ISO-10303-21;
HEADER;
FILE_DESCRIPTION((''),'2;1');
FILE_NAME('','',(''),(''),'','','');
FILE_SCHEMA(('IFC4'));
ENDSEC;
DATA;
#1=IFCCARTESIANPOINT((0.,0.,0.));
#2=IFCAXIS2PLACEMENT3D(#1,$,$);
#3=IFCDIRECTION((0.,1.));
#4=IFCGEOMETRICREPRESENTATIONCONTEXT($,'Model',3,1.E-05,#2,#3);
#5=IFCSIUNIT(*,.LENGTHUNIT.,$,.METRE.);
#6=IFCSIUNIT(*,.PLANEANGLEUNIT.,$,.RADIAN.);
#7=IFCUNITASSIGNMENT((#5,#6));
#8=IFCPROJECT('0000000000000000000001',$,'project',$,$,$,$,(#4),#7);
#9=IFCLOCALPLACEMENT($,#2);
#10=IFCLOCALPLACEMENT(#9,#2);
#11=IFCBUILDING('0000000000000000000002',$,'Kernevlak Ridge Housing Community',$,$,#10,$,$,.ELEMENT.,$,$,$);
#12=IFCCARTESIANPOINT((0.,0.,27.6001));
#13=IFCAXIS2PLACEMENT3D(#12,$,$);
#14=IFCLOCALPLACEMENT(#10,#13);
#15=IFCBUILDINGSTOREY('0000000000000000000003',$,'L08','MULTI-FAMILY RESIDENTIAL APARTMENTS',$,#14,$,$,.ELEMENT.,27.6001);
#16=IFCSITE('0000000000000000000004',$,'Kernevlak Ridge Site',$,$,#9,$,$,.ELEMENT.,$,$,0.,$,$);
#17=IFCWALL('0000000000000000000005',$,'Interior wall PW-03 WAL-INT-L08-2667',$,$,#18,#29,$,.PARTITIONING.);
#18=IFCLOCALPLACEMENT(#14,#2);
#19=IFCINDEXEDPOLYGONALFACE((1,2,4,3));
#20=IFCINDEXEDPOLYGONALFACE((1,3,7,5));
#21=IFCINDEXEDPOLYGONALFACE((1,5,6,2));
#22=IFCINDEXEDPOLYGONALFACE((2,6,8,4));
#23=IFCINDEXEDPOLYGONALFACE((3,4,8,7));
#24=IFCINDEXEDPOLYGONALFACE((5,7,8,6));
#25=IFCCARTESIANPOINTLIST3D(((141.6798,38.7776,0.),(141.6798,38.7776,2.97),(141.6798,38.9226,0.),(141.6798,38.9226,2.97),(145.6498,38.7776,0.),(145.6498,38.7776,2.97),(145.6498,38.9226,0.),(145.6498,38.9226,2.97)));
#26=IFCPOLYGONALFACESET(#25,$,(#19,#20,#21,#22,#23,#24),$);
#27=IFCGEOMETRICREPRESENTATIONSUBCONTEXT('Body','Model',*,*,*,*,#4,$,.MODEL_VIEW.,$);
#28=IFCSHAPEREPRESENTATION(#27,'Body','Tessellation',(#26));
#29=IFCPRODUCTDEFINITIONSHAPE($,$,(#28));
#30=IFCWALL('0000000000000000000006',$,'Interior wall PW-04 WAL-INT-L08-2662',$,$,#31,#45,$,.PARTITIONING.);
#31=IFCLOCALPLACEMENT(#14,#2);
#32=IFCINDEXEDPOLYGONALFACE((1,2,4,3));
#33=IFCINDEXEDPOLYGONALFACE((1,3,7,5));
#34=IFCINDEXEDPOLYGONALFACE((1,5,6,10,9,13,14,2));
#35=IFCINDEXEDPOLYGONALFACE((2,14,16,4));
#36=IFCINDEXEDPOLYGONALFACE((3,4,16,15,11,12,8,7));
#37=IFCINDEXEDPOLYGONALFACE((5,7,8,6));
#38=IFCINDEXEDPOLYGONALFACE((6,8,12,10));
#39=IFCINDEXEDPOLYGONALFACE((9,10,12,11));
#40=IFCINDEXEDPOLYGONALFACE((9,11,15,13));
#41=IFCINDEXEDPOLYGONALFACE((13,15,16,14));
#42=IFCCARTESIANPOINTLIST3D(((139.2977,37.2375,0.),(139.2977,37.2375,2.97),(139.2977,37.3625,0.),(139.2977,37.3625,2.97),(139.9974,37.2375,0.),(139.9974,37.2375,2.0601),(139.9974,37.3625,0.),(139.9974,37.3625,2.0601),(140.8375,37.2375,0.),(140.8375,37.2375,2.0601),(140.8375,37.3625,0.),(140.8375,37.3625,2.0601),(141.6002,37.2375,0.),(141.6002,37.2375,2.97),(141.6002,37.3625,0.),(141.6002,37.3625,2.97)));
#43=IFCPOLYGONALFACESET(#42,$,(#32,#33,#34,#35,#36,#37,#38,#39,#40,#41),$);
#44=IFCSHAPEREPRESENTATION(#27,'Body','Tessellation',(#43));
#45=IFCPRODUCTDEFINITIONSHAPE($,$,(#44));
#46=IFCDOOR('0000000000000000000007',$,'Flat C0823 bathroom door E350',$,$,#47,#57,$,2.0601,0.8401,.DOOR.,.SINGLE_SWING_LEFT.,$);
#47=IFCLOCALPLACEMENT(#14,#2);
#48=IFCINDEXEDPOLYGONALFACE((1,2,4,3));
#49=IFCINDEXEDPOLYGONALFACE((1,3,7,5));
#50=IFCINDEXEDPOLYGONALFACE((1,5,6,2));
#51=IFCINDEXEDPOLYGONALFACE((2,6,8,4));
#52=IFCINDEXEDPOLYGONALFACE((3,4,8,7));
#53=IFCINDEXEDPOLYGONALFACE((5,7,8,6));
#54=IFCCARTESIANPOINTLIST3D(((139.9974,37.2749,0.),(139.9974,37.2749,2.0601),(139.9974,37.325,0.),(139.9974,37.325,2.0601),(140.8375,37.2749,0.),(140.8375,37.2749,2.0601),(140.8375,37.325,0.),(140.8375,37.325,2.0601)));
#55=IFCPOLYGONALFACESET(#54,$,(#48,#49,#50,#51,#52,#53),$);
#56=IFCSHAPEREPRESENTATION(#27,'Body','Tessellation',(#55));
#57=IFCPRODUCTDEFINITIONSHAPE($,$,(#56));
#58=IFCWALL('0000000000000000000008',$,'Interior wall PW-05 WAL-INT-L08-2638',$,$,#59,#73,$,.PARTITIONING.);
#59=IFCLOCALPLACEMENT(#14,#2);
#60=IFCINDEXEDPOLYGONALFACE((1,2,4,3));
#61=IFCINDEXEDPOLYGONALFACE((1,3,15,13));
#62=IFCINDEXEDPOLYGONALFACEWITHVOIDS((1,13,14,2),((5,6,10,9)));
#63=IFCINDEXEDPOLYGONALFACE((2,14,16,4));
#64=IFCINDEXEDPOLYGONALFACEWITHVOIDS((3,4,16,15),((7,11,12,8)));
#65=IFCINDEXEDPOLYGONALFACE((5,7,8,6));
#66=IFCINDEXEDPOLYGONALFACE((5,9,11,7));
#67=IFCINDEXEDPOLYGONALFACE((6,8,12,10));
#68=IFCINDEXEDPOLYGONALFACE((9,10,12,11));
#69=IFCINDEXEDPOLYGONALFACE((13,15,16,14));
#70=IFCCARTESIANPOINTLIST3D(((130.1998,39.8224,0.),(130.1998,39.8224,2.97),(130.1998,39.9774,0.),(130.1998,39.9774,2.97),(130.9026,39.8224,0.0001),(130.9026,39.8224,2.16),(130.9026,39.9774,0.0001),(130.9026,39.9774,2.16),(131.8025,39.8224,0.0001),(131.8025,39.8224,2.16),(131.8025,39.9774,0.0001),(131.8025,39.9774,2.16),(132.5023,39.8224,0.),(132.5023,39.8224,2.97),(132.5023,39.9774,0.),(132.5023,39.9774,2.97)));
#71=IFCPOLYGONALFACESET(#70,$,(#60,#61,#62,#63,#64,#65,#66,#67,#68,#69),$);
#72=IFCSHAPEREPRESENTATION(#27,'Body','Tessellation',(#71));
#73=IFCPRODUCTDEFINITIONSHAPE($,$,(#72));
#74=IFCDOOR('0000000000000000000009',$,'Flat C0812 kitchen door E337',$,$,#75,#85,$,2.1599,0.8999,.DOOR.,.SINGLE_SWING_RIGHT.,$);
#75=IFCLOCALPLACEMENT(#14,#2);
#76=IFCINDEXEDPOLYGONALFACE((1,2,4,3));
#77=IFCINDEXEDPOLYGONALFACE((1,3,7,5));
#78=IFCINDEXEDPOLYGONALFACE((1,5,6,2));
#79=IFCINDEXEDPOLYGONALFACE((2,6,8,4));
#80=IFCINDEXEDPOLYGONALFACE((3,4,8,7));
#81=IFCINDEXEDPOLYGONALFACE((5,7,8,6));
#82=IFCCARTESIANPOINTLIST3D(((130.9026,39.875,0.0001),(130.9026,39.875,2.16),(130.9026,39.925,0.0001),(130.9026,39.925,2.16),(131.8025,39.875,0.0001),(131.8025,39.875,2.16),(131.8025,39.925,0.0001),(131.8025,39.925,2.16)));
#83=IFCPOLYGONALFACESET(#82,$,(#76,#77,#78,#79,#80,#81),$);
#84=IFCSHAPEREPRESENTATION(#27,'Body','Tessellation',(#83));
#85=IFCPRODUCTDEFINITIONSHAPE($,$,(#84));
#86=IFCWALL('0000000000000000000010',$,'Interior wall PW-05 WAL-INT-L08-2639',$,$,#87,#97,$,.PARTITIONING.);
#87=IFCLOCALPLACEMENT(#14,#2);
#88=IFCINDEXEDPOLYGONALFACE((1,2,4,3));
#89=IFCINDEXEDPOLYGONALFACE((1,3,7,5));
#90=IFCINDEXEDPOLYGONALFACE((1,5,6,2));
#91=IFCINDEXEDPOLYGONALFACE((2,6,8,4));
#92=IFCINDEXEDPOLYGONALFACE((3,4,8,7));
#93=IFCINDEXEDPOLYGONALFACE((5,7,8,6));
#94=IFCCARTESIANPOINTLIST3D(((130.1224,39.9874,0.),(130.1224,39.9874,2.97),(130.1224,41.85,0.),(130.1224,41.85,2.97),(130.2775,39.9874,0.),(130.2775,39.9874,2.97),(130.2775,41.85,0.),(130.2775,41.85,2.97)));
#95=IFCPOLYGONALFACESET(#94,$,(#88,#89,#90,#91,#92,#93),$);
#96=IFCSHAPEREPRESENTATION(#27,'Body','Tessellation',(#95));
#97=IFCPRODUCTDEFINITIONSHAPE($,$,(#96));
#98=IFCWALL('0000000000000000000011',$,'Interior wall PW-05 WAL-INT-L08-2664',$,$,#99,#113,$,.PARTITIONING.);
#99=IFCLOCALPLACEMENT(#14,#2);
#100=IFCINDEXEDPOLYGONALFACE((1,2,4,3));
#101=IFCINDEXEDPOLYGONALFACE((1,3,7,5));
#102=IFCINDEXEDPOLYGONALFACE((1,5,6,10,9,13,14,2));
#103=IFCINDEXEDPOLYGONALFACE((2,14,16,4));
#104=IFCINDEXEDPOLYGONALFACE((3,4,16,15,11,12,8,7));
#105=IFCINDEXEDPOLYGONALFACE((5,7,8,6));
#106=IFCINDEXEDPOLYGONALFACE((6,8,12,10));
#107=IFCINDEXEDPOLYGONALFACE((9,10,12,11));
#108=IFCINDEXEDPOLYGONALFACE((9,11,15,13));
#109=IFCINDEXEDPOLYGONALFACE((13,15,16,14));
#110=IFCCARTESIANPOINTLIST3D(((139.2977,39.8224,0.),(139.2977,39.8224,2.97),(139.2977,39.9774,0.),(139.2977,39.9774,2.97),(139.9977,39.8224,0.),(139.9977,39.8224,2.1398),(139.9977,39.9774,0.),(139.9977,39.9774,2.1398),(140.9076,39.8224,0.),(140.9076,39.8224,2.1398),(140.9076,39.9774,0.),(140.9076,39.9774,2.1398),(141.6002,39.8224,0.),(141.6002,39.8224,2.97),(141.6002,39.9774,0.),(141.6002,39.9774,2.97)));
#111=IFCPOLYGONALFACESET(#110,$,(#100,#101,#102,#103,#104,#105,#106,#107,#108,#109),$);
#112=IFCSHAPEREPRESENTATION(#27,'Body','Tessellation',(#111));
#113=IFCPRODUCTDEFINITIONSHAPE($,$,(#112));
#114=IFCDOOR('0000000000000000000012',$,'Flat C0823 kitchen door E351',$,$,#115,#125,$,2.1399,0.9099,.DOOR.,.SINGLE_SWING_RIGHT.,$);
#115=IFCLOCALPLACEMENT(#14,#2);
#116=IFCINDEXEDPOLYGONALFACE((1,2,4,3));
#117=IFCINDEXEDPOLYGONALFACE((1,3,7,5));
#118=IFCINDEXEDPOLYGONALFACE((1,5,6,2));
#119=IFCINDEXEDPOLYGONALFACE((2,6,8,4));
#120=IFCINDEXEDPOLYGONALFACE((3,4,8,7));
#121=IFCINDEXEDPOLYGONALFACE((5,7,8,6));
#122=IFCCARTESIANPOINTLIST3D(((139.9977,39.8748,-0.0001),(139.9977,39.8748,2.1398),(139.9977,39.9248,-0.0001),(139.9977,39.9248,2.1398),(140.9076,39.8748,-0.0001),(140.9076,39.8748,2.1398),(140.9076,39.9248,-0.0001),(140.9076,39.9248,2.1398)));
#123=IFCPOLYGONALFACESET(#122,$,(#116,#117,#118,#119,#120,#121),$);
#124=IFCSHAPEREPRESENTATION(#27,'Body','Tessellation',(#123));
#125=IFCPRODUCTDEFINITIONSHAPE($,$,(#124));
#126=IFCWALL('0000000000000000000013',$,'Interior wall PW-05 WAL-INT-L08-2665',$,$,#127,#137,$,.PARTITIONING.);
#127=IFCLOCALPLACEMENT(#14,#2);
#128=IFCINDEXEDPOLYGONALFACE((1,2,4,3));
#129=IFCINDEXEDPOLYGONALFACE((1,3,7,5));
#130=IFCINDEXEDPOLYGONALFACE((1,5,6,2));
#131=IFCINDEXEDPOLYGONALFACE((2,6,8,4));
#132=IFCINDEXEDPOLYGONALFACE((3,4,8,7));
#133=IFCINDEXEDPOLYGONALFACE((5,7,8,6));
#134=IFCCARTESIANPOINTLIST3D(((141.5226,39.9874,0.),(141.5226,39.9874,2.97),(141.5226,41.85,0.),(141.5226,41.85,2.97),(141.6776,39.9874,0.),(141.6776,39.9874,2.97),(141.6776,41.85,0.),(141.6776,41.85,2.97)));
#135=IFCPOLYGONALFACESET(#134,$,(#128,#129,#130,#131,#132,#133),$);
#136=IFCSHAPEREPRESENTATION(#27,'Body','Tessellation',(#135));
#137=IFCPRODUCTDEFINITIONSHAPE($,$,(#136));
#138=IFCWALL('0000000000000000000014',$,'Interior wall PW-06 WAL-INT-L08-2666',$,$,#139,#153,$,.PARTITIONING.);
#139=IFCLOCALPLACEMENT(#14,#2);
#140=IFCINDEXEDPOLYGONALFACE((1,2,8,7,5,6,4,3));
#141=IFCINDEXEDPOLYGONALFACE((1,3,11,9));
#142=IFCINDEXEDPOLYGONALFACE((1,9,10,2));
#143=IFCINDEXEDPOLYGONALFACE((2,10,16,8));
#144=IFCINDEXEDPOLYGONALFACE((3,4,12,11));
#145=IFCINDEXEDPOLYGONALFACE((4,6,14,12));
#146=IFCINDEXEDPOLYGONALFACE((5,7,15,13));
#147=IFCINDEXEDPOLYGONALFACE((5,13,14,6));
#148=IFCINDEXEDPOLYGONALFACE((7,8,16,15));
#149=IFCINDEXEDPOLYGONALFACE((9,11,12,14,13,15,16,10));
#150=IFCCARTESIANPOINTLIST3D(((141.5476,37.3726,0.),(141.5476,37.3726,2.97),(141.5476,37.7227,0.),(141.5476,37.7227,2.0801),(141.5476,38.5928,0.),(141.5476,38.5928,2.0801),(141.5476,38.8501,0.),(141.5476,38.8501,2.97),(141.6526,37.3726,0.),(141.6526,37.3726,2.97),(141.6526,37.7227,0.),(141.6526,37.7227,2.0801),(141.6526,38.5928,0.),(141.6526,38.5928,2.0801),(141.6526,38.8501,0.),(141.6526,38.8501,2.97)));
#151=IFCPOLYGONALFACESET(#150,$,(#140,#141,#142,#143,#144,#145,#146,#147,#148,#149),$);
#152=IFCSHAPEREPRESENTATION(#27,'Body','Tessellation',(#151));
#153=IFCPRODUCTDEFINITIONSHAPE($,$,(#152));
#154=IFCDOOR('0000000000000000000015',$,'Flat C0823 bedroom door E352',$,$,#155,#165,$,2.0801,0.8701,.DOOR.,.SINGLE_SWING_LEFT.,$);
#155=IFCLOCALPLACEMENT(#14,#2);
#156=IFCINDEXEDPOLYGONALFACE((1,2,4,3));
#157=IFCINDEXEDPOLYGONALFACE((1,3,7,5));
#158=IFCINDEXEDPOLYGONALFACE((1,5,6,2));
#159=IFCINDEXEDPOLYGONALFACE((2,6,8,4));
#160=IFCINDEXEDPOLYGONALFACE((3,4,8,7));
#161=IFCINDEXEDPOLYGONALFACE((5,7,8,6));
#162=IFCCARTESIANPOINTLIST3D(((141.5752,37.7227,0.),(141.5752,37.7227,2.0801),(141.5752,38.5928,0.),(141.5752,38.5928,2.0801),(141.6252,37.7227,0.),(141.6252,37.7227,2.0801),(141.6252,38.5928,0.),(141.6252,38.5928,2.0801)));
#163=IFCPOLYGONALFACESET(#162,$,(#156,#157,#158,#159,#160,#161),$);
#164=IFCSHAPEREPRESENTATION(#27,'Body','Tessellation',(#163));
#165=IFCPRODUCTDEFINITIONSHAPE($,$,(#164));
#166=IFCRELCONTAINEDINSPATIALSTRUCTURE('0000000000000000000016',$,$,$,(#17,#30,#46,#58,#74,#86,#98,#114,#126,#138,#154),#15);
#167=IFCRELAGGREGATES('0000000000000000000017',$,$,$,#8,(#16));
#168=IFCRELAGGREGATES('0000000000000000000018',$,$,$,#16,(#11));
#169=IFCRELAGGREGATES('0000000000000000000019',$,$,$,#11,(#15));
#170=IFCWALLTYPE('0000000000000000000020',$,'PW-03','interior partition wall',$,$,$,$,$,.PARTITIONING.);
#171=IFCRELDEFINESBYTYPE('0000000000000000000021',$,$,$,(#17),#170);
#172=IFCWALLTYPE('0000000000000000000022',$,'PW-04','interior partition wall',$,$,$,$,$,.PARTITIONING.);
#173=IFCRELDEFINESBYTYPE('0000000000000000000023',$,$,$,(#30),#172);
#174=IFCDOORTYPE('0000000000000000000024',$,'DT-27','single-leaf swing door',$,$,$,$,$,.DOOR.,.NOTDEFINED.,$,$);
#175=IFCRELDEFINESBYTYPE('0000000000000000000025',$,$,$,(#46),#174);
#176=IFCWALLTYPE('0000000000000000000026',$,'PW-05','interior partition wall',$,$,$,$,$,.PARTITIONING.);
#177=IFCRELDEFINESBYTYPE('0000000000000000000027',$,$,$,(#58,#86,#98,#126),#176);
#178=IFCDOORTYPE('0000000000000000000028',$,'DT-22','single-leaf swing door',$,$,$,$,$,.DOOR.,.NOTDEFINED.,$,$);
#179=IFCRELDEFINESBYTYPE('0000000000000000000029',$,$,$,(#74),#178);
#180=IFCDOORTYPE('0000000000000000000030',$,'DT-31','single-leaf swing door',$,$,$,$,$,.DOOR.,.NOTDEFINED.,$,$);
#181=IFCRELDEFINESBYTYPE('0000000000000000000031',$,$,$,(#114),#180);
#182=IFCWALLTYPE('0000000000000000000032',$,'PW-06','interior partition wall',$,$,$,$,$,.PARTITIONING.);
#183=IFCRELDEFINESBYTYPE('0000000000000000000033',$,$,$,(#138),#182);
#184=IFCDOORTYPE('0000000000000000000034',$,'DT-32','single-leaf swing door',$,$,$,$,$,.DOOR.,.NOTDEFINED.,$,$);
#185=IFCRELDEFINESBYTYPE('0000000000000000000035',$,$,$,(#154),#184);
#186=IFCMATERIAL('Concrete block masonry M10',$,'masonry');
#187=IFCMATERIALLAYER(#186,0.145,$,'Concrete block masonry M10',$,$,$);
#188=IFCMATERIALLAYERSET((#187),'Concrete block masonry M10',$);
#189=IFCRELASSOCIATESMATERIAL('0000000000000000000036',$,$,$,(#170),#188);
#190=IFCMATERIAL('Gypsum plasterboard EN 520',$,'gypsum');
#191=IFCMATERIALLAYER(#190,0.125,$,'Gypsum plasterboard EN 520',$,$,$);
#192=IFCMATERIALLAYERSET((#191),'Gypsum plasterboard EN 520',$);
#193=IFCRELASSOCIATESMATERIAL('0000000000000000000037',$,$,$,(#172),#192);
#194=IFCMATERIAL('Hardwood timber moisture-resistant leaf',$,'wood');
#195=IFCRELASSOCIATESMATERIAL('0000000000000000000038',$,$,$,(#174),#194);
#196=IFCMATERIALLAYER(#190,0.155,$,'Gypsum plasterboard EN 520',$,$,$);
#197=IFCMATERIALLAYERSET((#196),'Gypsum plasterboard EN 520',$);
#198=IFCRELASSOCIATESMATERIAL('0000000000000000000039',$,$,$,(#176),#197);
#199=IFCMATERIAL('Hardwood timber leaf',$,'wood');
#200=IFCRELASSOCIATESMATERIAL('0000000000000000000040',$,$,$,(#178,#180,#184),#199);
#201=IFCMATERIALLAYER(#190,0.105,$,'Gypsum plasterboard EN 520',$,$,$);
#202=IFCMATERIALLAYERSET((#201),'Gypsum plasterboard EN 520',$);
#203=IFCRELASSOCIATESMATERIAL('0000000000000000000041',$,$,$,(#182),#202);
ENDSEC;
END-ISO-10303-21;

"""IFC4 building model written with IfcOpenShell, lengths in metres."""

from ifc_helpers import new_model, si_unit, direction, frame, frame_2d, origin, place, context, subcontext, project, spatial, rectangle, extrude, material, layer, layer_set, type_object, element, fill, save


model = new_model("IFC4")

# Units and contexts
model_context = context("Model", 3, precision=1e-05, world=origin(), true_north=direction((0.0, 1.0)))
body_context = subcontext(model_context, "Body", "Model", "MODEL_VIEW")
ifc_project = project(units=[si_unit("LENGTHUNIT", "METRE"), si_unit("PLANEANGLEUNIT", "RADIAN")], contexts=[model_context])

# Site, building, storey
site_placement = place(None, origin())
site = spatial("IfcSite", under=ifc_project, at=site_placement, Name="Kernevlak Ridge Site", CompositionType="ELEMENT", RefElevation=0.0)
building_placement = place(site_placement, origin())
building = spatial("IfcBuilding", under=site, at=building_placement, Name="Kernevlak Ridge Housing Community", CompositionType="ELEMENT")
storey_placement = place(building_placement, frame((0.0, 0.0, 27.6001)))
storey = spatial("IfcBuildingStorey", under=building, at=storey_placement, Name="L08", Description="MULTI-FAMILY RESIDENTIAL APARTMENTS", CompositionType="ELEMENT", Elevation=27.6001)

# Shared definitions
ifc_material_1 = material(Name="Concrete block masonry M10", Category="masonry")

# Shared definitions
ifc_layer_1 = layer(ifc_material_1, 0.145, Name="Concrete block masonry M10")
ifc_layer_set_1 = layer_set([ifc_layer_1], Name="Concrete block masonry M10")
wall_type_1 = type_object("IfcWallType", Name="PW-03", Description="interior partition wall", PredefinedType="PARTITIONING", material=ifc_layer_set_1)
ifc_material_2 = material(Name="Hardwood timber leaf", Category="wood")

# Wall
wall_1_placement = place(storey_placement, frame((141.6799, 38.8501, 0.0), z_axis=(0.0, 0.0, 1.0), x_axis=(1.0, 0.0, 0.0)))
element("IfcWall", 1, at=wall_1_placement, inside=storey, type_object=wall_type_1, Name="Interior wall PW-03 WAL-INT-L08-2667", PredefinedType="PARTITIONING", context=body_context, shape_type="SweptSolid", body=[
    extrude(rectangle(XDim=3.97, YDim=0.145, at=frame_2d((1.9849, 0.0))), origin(), (0.0, 0.0, 1.0), 2.97),
])

# Walls, openings, doors
ifc_material_3 = material(Name="Gypsum plasterboard EN 520", Category="gypsum")
ifc_layer_2 = layer(ifc_material_3, 0.125, Name="Gypsum plasterboard EN 520")
ifc_layer_set_2 = layer_set([ifc_layer_2], Name="Gypsum plasterboard EN 520")
wall_type_2 = type_object("IfcWallType", Name="PW-04", Description="interior partition wall", PredefinedType="PARTITIONING", material=ifc_layer_set_2)
wall_2_placement = place(storey_placement, frame((139.2976, 37.3, 0.0), z_axis=(0.0, 0.0, 1.0), x_axis=(1.0, 0.0, 0.0)))
wall_2 = element("IfcWall", 2, at=wall_2_placement, inside=storey, type_object=wall_type_2, Name="Interior wall PW-04 WAL-INT-L08-2662", PredefinedType="PARTITIONING", context=body_context, shape_type="SweptSolid", body=[
    extrude(rectangle(XDim=2.3025, YDim=0.125, at=frame_2d((1.1514, 0.0))), origin(), (0.0, 0.0, 1.0), 2.97),
])
opening_1_placement = place(wall_2_placement, frame((0.7, 0.0, 0.0)))
opening_1 = element("IfcOpeningElement", 3, at=opening_1_placement, cuts=wall_2, PredefinedType="OPENING", context=body_context, shape_type="SweptSolid", body=[
    extrude(rectangle(XDim=0.8401, YDim=2.0601, at=frame_2d((0.4199, 1.03))), frame((0.0, 0.0725, 0.0), z_axis=(0.0, -1.0, 0.0), x_axis=(1.0, 0.0, 0.0)), (0.0, 0.0, 1.0), 0.145),
])
ifc_material_4 = material(Name="Hardwood timber moisture-resistant leaf", Category="wood")
door_type_1 = type_object("IfcDoorType", Name="DT-27", Description="single-leaf swing door", OperationType="NOTDEFINED", PredefinedType="DOOR", material=ifc_material_4)
door_1_placement = place(opening_1_placement, origin())
door_1 = element("IfcDoor", 4, at=door_1_placement, inside=storey, type_object=door_type_1, Name="Flat C0823 bathroom door E350", OperationType="SINGLE_SWING_LEFT", OverallHeight=2.0601, OverallWidth=0.8401, PredefinedType="DOOR", context=body_context, shape_type="SweptSolid", body=[
    extrude(rectangle(XDim=0.8401, YDim=2.0601, at=frame_2d((0.4199, 1.03))), frame((0.0, 0.0249, 0.0), z_axis=(0.0, -1.0, 0.0), x_axis=(1.0, 0.0, 0.0)), (0.0, 0.0, 1.0), 0.05),
])
fill(opening_1, door_1)
ifc_layer_3 = layer(ifc_material_3, 0.155, Name="Gypsum plasterboard EN 520")
ifc_layer_set_3 = layer_set([ifc_layer_3], Name="Gypsum plasterboard EN 520")
wall_type_3 = type_object("IfcWallType", Name="PW-05", Description="interior partition wall", PredefinedType="PARTITIONING", material=ifc_layer_set_3)
wall_3_placement = place(storey_placement, frame((132.5024, 39.8999, 0.0), z_axis=(0.0, 0.0, 1.0), x_axis=(-1.0, 0.0, 0.0)))
wall_3 = element("IfcWall", 5, at=wall_3_placement, inside=storey, type_object=wall_type_3, Name="Interior wall PW-05 WAL-INT-L08-2638", PredefinedType="PARTITIONING", context=body_context, shape_type="SweptSolid", body=[
    extrude(rectangle(XDim=2.3025, YDim=0.155, at=frame_2d((1.1514, 0.0))), origin(), (0.0, 0.0, 1.0), 2.97),
])
opening_2_placement = place(wall_3_placement, frame((0.7, 0.0, 0.0)))
opening_2 = element("IfcOpeningElement", 6, at=opening_2_placement, cuts=wall_3, PredefinedType="OPENING", context=body_context, shape_type="SweptSolid", body=[
    extrude(rectangle(XDim=0.8999, YDim=2.1599, at=frame_2d((0.45, 1.0801))), frame((0.0, 0.0874, 0.0), z_axis=(0.0, -1.0, 0.0), x_axis=(1.0, 0.0, 0.0)), (0.0, 0.0, 1.0), 0.175),
])
door_type_2 = type_object("IfcDoorType", Name="DT-22", Description="single-leaf swing door", OperationType="NOTDEFINED", PredefinedType="DOOR", material=ifc_material_2)
door_2_placement = place(opening_2_placement, origin())
door_2 = element("IfcDoor", 7, at=door_2_placement, inside=storey, type_object=door_type_2, Name="Flat C0812 kitchen door E337", OperationType="SINGLE_SWING_RIGHT", OverallHeight=2.1599, OverallWidth=0.8999, PredefinedType="DOOR", context=body_context, shape_type="SweptSolid", body=[
    extrude(rectangle(XDim=0.8999, YDim=2.1599, at=frame_2d((0.45, 1.0801))), frame((0.0, 0.0249, 0.0), z_axis=(0.0, -1.0, 0.0), x_axis=(1.0, 0.0, 0.0)), (0.0, 0.0, 1.0), 0.05),
])
fill(opening_2, door_2)

# Wall
wall_4_placement = place(storey_placement, frame((130.2, 39.9875, 0.0), z_axis=(0.0, 0.0, 1.0), x_axis=(0.0, 1.0, 0.0)))
element("IfcWall", 8, at=wall_4_placement, inside=storey, type_object=wall_type_3, Name="Interior wall PW-05 WAL-INT-L08-2639", PredefinedType="PARTITIONING", context=body_context, shape_type="SweptSolid", body=[
    extrude(rectangle(XDim=1.8625, YDim=0.155, at=frame_2d((0.9312, 0.0))), origin(), (0.0, 0.0, 1.0), 2.97),
])

# Wall, opening, door
wall_5_placement = place(storey_placement, frame((139.2976, 39.8999, 0.0), z_axis=(0.0, 0.0, 1.0), x_axis=(1.0, 0.0, 0.0)))
wall_5 = element("IfcWall", 9, at=wall_5_placement, inside=storey, type_object=wall_type_3, Name="Interior wall PW-05 WAL-INT-L08-2664", PredefinedType="PARTITIONING", context=body_context, shape_type="SweptSolid", body=[
    extrude(rectangle(XDim=2.3025, YDim=0.155, at=frame_2d((1.1514, 0.0))), origin(), (0.0, 0.0, 1.0), 2.97),
])
opening_3_placement = place(wall_5_placement, frame((0.7, 0.0, 0.0)))
opening_3 = element("IfcOpeningElement", 10, at=opening_3_placement, cuts=wall_5, PredefinedType="OPENING", context=body_context, shape_type="SweptSolid", body=[
    extrude(rectangle(XDim=0.9099, YDim=2.1399, at=frame_2d((0.4551, 1.0698))), frame((0.0, 0.0874, 0.0), z_axis=(0.0, -1.0, 0.0), x_axis=(1.0, 0.0, 0.0)), (0.0, 0.0, 1.0), 0.175),
])
door_type_3 = type_object("IfcDoorType", Name="DT-31", Description="single-leaf swing door", OperationType="NOTDEFINED", PredefinedType="DOOR", material=ifc_material_2)
door_3_placement = place(opening_3_placement, origin())
door_3 = element("IfcDoor", 11, at=door_3_placement, inside=storey, type_object=door_type_3, Name="Flat C0823 kitchen door E351", OperationType="SINGLE_SWING_RIGHT", OverallHeight=2.1399, OverallWidth=0.9099, PredefinedType="DOOR", context=body_context, shape_type="SweptSolid", body=[
    extrude(rectangle(XDim=0.9099, YDim=2.1399, at=frame_2d((0.4551, 1.0698))), frame((0.0, 0.0249, 0.0), z_axis=(0.0, -1.0, 0.0), x_axis=(1.0, 0.0, 0.0)), (0.0, 0.0, 1.0), 0.05),
])
fill(opening_3, door_3)

# Wall
wall_6_placement = place(storey_placement, frame((141.6001, 39.9875, 0.0), z_axis=(0.0, 0.0, 1.0), x_axis=(0.0, 1.0, 0.0)))
element("IfcWall", 12, at=wall_6_placement, inside=storey, type_object=wall_type_3, Name="Interior wall PW-05 WAL-INT-L08-2665", PredefinedType="PARTITIONING", context=body_context, shape_type="SweptSolid", body=[
    extrude(rectangle(XDim=1.8625, YDim=0.155, at=frame_2d((0.9312, 0.0))), origin(), (0.0, 0.0, 1.0), 2.97),
])

# Wall, opening, door
ifc_layer_4 = layer(ifc_material_3, 0.105, Name="Gypsum plasterboard EN 520")
ifc_layer_set_4 = layer_set([ifc_layer_4], Name="Gypsum plasterboard EN 520")
wall_type_4 = type_object("IfcWallType", Name="PW-06", Description="interior partition wall", PredefinedType="PARTITIONING", material=ifc_layer_set_4)
wall_7_placement = place(storey_placement, frame((141.6001, 37.3726, 0.0), z_axis=(0.0, 0.0, 1.0), x_axis=(0.0, 1.0, 0.0)))
wall_7 = element("IfcWall", 13, at=wall_7_placement, inside=storey, type_object=wall_type_4, Name="Interior wall PW-06 WAL-INT-L08-2666", PredefinedType="PARTITIONING", context=body_context, shape_type="SweptSolid", body=[
    extrude(rectangle(XDim=1.4775, YDim=0.105, at=frame_2d((0.7388, 0.0))), origin(), (0.0, 0.0, 1.0), 2.97),
])
opening_4_placement = place(wall_7_placement, frame((0.3501, 0.0, 0.0)))
opening_4 = element("IfcOpeningElement", 14, at=opening_4_placement, cuts=wall_7, PredefinedType="OPENING", context=body_context, shape_type="SweptSolid", body=[
    extrude(rectangle(XDim=0.8701, YDim=2.0801, at=frame_2d((0.4351, 1.04))), frame((0.0, 0.0625, 0.0), z_axis=(0.0, -1.0, 0.0), x_axis=(1.0, 0.0, 0.0)), (0.0, 0.0, 1.0), 0.125),
])
door_type_4 = type_object("IfcDoorType", Name="DT-32", Description="single-leaf swing door", OperationType="NOTDEFINED", PredefinedType="DOOR", material=ifc_material_2)
door_4_placement = place(opening_4_placement, origin())
door_4 = element("IfcDoor", 15, at=door_4_placement, inside=storey, type_object=door_type_4, Name="Flat C0823 bedroom door E352", OperationType="SINGLE_SWING_LEFT", OverallHeight=2.0801, OverallWidth=0.8701, PredefinedType="DOOR", context=body_context, shape_type="SweptSolid", body=[
    extrude(rectangle(XDim=0.8701, YDim=2.0801, at=frame_2d((0.4351, 1.04))), frame((0.0, 0.0249, 0.0), z_axis=(0.0, -1.0, 0.0), x_axis=(1.0, 0.0, 0.0)), (0.0, 0.0, 1.0), 0.05),
])
fill(opening_4, door_4)

save(model, "model.ifc")
